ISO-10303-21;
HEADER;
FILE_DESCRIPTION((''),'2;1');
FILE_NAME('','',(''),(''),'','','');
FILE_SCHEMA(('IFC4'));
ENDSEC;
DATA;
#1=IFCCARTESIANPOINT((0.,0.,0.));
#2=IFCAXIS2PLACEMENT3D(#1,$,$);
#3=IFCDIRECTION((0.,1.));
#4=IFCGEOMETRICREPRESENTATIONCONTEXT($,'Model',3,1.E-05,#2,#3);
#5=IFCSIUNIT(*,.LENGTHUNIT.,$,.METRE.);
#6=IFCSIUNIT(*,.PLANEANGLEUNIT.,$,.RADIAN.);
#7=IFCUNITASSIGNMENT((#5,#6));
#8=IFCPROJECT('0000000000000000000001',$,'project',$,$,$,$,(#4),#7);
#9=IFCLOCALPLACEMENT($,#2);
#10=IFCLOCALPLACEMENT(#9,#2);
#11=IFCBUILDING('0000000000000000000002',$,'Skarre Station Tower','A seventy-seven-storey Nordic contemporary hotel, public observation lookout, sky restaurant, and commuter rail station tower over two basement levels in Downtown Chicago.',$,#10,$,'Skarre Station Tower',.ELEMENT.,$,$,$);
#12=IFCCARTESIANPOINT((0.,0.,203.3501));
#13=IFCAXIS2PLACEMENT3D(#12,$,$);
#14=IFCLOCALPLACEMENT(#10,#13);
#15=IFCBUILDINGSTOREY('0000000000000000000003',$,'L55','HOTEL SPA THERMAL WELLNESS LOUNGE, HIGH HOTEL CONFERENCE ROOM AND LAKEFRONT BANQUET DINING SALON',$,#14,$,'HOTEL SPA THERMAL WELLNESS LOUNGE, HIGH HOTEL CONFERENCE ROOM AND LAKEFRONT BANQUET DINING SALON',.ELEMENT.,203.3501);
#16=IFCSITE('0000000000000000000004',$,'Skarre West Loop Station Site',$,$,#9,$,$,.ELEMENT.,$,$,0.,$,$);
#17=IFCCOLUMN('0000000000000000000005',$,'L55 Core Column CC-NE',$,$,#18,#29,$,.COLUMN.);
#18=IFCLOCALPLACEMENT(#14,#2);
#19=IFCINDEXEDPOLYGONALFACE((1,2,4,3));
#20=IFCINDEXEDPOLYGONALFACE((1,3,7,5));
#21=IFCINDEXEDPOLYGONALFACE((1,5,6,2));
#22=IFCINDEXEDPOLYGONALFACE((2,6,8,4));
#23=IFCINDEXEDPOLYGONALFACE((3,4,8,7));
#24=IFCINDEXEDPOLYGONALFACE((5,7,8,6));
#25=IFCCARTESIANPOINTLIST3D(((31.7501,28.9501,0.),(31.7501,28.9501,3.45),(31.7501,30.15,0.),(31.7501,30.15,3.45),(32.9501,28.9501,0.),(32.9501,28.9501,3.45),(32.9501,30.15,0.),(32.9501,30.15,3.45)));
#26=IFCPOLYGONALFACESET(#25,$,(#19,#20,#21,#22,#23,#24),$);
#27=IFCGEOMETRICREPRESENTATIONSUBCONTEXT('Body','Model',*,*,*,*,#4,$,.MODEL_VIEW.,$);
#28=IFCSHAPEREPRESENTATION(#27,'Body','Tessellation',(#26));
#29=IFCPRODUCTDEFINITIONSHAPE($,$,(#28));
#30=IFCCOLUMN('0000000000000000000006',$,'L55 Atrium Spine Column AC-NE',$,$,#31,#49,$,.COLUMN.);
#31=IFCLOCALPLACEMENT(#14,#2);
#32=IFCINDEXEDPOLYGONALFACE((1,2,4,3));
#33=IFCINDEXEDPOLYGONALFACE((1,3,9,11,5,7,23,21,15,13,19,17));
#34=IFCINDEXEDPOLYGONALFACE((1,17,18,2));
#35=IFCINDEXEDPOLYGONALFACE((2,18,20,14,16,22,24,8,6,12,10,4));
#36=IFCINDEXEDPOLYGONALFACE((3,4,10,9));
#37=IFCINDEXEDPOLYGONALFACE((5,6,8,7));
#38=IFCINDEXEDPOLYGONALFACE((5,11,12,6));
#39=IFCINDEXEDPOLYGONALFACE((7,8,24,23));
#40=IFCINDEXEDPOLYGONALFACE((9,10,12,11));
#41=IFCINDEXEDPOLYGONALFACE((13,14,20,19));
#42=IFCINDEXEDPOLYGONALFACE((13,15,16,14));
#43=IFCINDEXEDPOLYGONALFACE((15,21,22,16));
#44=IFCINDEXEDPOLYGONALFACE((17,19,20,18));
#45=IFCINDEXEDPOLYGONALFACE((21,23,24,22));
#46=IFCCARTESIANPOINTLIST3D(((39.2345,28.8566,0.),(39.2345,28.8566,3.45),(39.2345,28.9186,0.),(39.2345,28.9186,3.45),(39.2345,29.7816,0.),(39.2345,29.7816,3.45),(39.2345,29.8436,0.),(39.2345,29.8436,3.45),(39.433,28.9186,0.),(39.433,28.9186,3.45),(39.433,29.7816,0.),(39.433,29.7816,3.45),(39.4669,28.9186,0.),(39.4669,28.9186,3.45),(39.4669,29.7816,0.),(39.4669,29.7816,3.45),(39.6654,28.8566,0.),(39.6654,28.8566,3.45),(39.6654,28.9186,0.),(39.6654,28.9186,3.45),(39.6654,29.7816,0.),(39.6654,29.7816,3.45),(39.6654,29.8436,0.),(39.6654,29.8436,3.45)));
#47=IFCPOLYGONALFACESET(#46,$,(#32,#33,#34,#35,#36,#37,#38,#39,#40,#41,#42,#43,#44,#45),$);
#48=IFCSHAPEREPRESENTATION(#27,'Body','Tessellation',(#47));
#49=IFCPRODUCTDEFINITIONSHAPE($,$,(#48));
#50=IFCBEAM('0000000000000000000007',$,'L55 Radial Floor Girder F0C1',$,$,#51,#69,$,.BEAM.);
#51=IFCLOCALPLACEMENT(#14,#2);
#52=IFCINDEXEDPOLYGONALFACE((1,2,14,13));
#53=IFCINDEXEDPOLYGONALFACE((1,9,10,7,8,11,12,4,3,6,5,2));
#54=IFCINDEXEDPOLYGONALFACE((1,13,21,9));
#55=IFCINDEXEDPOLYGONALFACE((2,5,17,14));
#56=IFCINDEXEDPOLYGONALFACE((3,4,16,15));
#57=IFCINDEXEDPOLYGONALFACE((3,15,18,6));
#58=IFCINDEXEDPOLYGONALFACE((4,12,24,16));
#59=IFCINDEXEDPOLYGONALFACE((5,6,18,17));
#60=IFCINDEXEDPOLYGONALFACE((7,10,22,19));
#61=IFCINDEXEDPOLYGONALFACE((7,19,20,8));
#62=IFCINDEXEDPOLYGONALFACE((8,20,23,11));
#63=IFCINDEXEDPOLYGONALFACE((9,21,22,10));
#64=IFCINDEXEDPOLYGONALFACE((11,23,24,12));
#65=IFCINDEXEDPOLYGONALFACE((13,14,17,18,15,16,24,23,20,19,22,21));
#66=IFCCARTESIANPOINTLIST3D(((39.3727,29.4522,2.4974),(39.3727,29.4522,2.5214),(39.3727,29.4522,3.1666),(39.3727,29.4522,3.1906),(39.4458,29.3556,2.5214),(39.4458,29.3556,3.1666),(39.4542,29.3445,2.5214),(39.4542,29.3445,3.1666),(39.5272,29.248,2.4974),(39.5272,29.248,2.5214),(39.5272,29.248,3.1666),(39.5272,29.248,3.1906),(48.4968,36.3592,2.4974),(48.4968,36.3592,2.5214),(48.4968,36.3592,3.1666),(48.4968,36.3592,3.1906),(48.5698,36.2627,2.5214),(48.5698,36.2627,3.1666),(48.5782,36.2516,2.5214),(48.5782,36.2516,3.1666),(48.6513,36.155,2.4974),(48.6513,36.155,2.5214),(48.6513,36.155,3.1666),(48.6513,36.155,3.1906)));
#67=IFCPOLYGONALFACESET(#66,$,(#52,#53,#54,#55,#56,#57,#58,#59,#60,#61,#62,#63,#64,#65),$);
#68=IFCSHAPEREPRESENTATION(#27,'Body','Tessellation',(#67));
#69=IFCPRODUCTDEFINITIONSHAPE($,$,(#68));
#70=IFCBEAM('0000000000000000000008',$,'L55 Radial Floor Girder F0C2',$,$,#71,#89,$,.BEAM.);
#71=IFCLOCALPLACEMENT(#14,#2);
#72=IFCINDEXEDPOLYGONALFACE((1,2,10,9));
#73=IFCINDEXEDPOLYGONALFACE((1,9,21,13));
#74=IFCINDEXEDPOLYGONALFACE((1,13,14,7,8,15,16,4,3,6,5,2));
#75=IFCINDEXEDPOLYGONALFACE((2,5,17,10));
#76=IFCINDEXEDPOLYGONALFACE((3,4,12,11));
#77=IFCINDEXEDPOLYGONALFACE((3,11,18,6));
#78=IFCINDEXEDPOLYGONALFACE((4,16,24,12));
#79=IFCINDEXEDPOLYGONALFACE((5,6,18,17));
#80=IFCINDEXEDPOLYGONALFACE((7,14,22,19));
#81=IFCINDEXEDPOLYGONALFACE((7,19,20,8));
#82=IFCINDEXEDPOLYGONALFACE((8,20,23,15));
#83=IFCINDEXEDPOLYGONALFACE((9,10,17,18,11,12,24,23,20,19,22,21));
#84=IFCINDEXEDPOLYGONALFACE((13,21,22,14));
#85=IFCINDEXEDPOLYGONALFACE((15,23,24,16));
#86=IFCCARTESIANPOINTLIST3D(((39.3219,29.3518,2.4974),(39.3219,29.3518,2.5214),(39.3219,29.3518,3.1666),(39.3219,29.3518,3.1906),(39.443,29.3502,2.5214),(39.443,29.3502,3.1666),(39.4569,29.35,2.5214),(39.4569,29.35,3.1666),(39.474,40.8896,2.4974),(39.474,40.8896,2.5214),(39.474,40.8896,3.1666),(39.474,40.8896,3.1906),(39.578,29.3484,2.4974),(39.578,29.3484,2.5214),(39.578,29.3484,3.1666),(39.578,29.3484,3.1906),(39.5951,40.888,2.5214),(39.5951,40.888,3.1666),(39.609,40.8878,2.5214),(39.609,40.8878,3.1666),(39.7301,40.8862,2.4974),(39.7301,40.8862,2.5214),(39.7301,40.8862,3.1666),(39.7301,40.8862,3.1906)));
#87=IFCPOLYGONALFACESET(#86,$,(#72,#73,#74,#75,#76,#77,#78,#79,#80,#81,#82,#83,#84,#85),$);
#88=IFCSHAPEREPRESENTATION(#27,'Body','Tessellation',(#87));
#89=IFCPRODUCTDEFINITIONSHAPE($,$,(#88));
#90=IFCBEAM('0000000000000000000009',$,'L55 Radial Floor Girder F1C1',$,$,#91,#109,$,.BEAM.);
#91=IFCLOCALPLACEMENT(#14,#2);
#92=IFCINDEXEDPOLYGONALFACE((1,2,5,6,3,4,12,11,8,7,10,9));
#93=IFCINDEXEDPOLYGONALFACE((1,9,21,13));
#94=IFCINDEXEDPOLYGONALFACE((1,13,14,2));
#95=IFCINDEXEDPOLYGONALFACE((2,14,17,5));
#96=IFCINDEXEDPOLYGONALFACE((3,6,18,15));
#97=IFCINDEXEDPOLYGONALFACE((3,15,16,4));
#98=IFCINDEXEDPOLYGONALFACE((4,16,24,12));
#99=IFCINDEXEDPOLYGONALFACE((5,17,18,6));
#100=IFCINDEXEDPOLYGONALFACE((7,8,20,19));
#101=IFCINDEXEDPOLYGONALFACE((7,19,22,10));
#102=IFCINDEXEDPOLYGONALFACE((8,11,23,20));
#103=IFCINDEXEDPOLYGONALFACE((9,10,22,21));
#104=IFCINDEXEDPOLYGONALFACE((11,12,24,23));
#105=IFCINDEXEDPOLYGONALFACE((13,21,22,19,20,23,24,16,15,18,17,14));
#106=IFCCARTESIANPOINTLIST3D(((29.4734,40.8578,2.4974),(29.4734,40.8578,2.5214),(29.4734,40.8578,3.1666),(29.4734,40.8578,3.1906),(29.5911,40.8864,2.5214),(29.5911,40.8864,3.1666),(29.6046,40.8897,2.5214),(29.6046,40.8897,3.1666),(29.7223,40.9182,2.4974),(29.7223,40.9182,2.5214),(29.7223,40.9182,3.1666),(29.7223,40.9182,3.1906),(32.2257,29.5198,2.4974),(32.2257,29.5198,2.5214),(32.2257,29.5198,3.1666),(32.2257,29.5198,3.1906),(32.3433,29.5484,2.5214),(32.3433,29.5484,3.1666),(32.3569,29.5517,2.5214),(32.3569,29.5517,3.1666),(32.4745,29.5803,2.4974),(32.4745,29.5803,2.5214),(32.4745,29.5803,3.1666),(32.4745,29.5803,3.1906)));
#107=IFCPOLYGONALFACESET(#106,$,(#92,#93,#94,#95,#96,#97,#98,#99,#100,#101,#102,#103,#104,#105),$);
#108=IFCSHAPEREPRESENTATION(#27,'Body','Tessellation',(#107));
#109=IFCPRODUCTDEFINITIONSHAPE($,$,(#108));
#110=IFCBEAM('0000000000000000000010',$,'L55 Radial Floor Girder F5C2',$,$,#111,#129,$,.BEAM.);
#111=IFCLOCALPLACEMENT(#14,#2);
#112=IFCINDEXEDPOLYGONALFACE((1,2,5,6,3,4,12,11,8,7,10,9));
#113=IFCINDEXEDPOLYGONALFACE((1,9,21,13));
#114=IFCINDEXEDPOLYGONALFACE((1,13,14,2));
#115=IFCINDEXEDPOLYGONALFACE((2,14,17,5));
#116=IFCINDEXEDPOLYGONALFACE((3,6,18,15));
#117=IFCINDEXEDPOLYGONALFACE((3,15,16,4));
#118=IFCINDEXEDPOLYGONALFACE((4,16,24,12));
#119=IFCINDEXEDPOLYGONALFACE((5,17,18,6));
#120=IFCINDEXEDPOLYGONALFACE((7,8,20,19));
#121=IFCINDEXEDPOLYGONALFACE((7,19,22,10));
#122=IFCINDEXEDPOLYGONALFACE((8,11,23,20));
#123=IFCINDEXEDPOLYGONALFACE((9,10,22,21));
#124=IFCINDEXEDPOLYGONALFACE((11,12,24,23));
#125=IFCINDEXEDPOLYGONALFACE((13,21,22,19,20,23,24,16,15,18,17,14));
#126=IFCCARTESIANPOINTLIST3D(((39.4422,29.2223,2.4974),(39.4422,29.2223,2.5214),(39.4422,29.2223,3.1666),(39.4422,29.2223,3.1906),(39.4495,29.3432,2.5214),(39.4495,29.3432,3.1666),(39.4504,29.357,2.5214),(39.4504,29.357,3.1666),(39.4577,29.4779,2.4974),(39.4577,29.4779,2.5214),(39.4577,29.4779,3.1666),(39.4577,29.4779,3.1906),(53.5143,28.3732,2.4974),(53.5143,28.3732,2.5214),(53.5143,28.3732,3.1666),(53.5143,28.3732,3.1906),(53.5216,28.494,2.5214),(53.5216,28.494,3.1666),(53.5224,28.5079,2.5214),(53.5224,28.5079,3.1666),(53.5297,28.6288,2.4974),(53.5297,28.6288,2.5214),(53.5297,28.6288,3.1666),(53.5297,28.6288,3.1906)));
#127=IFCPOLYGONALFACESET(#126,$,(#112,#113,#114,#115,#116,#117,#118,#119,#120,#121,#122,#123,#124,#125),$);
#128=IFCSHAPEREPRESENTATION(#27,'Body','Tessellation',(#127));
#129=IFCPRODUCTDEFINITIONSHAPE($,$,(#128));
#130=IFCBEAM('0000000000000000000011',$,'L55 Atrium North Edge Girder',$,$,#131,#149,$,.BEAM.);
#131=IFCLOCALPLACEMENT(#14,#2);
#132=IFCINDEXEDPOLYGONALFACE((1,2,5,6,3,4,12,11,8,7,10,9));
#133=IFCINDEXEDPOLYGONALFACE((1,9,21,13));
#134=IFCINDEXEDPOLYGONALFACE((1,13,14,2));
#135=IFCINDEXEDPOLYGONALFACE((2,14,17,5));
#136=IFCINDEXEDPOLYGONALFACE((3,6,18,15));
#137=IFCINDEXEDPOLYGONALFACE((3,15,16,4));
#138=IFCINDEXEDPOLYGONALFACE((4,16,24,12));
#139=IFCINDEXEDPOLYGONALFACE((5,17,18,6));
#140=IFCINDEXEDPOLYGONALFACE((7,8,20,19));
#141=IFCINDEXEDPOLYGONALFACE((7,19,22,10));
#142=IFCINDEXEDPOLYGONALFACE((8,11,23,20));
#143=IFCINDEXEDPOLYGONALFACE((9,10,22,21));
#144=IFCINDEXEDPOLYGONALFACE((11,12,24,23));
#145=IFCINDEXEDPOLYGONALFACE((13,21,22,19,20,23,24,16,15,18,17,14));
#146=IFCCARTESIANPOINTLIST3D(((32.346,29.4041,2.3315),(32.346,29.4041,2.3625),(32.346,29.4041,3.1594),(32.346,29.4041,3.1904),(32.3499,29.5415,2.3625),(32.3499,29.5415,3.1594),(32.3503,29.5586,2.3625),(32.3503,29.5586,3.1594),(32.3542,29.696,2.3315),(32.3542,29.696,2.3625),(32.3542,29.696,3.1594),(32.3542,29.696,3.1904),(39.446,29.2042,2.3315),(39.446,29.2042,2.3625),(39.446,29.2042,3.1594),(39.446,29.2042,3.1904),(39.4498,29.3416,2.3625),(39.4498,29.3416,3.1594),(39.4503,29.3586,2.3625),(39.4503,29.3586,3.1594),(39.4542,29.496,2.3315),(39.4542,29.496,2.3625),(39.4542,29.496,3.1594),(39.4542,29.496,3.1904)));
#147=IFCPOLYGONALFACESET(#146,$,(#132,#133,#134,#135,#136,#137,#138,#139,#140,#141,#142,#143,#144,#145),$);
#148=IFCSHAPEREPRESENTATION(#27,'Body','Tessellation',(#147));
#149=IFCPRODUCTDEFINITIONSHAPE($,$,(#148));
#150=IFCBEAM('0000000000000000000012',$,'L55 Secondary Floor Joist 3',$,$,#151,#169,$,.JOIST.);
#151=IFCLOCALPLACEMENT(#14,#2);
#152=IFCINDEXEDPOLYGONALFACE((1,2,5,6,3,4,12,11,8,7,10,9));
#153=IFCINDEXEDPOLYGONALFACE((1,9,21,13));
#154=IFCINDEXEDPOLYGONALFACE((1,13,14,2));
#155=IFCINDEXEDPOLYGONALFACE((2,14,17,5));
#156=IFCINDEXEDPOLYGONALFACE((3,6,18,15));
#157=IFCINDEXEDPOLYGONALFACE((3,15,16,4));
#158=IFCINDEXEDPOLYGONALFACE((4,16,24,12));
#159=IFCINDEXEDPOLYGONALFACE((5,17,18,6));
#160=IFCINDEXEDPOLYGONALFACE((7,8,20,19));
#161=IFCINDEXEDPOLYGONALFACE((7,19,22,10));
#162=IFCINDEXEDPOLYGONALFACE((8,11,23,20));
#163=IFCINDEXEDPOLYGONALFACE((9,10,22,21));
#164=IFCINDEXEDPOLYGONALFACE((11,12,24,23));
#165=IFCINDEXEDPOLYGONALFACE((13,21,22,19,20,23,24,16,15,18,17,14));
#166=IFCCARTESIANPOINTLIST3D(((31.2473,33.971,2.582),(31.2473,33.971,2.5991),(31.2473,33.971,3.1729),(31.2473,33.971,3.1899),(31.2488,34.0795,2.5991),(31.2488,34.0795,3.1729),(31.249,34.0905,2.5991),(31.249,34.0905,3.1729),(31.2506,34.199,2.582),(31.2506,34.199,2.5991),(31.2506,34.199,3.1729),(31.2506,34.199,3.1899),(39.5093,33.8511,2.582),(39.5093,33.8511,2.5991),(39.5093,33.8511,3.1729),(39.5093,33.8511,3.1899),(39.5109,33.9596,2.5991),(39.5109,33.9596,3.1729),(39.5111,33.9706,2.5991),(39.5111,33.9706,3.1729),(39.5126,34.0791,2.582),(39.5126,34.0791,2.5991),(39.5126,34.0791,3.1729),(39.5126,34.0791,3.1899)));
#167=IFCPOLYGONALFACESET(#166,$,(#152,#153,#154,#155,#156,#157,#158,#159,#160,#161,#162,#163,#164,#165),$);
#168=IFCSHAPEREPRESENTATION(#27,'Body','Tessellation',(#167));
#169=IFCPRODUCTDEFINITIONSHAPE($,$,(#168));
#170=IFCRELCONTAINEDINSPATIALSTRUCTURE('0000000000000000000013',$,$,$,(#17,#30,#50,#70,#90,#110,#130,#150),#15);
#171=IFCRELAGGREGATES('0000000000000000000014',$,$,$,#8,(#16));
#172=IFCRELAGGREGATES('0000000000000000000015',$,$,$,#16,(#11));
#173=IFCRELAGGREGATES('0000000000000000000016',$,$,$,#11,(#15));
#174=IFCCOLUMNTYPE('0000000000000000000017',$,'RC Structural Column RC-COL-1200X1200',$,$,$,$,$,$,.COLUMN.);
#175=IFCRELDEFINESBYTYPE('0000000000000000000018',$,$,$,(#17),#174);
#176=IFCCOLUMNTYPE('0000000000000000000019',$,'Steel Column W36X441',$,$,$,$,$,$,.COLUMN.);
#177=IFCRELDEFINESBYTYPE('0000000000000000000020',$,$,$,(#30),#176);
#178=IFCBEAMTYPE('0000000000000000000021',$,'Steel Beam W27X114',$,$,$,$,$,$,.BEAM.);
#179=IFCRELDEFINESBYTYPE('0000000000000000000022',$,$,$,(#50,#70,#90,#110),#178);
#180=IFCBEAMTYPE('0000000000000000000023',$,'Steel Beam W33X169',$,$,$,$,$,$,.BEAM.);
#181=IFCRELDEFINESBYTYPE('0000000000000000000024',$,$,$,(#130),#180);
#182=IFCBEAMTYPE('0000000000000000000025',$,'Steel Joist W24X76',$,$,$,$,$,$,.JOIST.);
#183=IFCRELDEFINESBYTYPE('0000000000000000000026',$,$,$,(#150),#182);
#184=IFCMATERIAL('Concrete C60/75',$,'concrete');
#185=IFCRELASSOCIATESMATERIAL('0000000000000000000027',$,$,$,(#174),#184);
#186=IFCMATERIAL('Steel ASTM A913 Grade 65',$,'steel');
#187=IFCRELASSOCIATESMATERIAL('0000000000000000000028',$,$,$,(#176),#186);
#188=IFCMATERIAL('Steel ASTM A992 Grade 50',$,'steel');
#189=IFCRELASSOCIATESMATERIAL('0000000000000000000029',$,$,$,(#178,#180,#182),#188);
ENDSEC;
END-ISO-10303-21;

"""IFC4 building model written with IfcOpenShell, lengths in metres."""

from ifc_helpers import new_model, si_unit, direction, frame, origin, origin_2d, place, context, subcontext, project, spatial, rectangle, i_section, extrude, material, material_profile, profile_set, type_object, element, save


model = new_model("IFC4")

# Units and contexts
model_context = context("Model", 3, precision=1e-05, world=origin(), true_north=direction((0.0, 1.0)))
body_context = subcontext(model_context, "Body", "Model", "MODEL_VIEW")
ifc_project = project(units=[si_unit("LENGTHUNIT", "METRE"), si_unit("PLANEANGLEUNIT", "RADIAN")], contexts=[model_context])

# Site, building, storey
site_placement = place(None, origin())
site = spatial("IfcSite", under=ifc_project, at=site_placement, Name="Skarre West Loop Station Site", CompositionType="ELEMENT", RefElevation=0.0)
building_placement = place(site_placement, origin())
building = spatial("IfcBuilding", under=site, at=building_placement, Name="Skarre Station Tower", Description="A seventy-seven-storey Nordic contemporary hotel, public observation lookout, sky restaurant, and commuter rail station tower over two basement levels in Downtown Chicago.", LongName="Skarre Station Tower", CompositionType="ELEMENT")
storey_placement = place(building_placement, frame((0.0, 0.0, 203.3501)))
storey = spatial("IfcBuildingStorey", under=building, at=storey_placement, Name="L55", Description="HOTEL SPA THERMAL WELLNESS LOUNGE, HIGH HOTEL CONFERENCE ROOM AND LAKEFRONT BANQUET DINING SALON", LongName="HOTEL SPA THERMAL WELLNESS LOUNGE, HIGH HOTEL CONFERENCE ROOM AND LAKEFRONT BANQUET DINING SALON", CompositionType="ELEMENT", Elevation=203.3501)

# Columns
ifc_material_1 = material(Name="Concrete C60/75", Category="concrete")
ifc_material_profile_1 = material_profile(ifc_material_1, rectangle(XDim=1.2, YDim=1.2, at=origin_2d()), Name="Concrete C60/75")
ifc_profile_set_1 = profile_set([ifc_material_profile_1], Name="Concrete C60/75")
column_type_1 = type_object("IfcColumnType", Name="RC Structural Column RC-COL-1200X1200", PredefinedType="COLUMN", material=ifc_profile_set_1)
column_1_placement = place(storey_placement, frame((32.3501, 29.55, 0.0), z_axis=(0.0, 0.0, 1.0), x_axis=(1.0, 0.0, 0.0)))
element("IfcColumn", 1, at=column_1_placement, inside=storey, type_object=column_type_1, Name="L55 Core Column CC-NE", PredefinedType="COLUMN", context=body_context, shape_type="SweptSolid", body=[
    extrude(rectangle(XDim=1.2, YDim=1.2, at=origin_2d()), origin(), (0.0, 0.0, 1.0), 3.45),
])
ifc_material_2 = material(Name="Steel ASTM A913 Grade 65", Category="steel")
ifc_material_profile_2 = material_profile(ifc_material_2, i_section(OverallWidth=0.4309, OverallDepth=0.9871, WebThickness=0.0339, FlangeThickness=0.062, at=origin_2d()), Name="Steel ASTM A913 Grade 65")
ifc_profile_set_2 = profile_set([ifc_material_profile_2], Name="Steel ASTM A913 Grade 65")
column_type_2 = type_object("IfcColumnType", Name="Steel Column W36X441", PredefinedType="COLUMN", material=ifc_profile_set_2)
column_2_placement = place(storey_placement, frame((39.45, 29.3501, 0.0), z_axis=(0.0, 0.0, 1.0), x_axis=(1.0, 0.0, 0.0)))
element("IfcColumn", 2, at=column_2_placement, inside=storey, type_object=column_type_2, Name="L55 Atrium Spine Column AC-NE", PredefinedType="COLUMN", context=body_context, shape_type="SweptSolid", body=[
    extrude(i_section(OverallWidth=0.4309, OverallDepth=0.9871, WebThickness=0.0339, FlangeThickness=0.062, at=origin_2d()), origin(), (0.0, 0.0, 1.0), 3.45),
])

# Beams
ifc_material_3 = material(Name="Steel ASTM A992 Grade 50", Category="steel")
ifc_material_profile_3 = material_profile(ifc_material_3, i_section(OverallWidth=0.2561, OverallDepth=0.6931, WebThickness=0.0139, FlangeThickness=0.0239, at=origin_2d()), Name="Steel ASTM A992 Grade 50")
ifc_profile_set_3 = profile_set([ifc_material_profile_3], Name="Steel ASTM A992 Grade 50")
beam_type_1 = type_object("IfcBeamType", Name="Steel Beam W27X114", PredefinedType="BEAM", material=ifc_profile_set_3)
beam_1_placement = place(storey_placement, frame((39.45, 29.3501, 2.844), z_axis=(0.797309, 0.603571, 0.0), x_axis=(-0.603571, 0.797309, 0.0)))
element("IfcBeam", 3, at=beam_1_placement, inside=storey, type_object=beam_type_1, Name="L55 Radial Floor Girder F0C1", PredefinedType="BEAM", context=body_context, shape_type="SweptSolid", body=[
    extrude(i_section(OverallWidth=0.2561, OverallDepth=0.6931, WebThickness=0.0139, FlangeThickness=0.0239, at=origin_2d()), origin(), (0.0, 0.0, 1.0), 11.4436),
])
beam_2_placement = place(storey_placement, frame((39.45, 29.3501, 2.844), z_axis=(0.013182, 0.999913, 0.0), x_axis=(-0.999913, 0.013182, 0.0)))
element("IfcBeam", 4, at=beam_2_placement, inside=storey, type_object=beam_type_1, Name="L55 Radial Floor Girder F0C2", PredefinedType="BEAM", context=body_context, shape_type="SweptSolid", body=[
    extrude(i_section(OverallWidth=0.2561, OverallDepth=0.6931, WebThickness=0.0139, FlangeThickness=0.0239, at=origin_2d()), origin(), (0.0, 0.0, 1.0), 11.5388),
])
beam_3_placement = place(storey_placement, frame((32.3501, 29.55, 2.844), z_axis=(-0.235893, 0.971779, 0.0), x_axis=(-0.971779, -0.235893, 0.0)))
element("IfcBeam", 5, at=beam_3_placement, inside=storey, type_object=beam_type_1, Name="L55 Radial Floor Girder F1C1", PredefinedType="BEAM", context=body_context, shape_type="SweptSolid", body=[
    extrude(i_section(OverallWidth=0.2561, OverallDepth=0.6931, WebThickness=0.0139, FlangeThickness=0.0239, at=origin_2d()), origin(), (0.0, 0.0, 1.0), 11.6672),
])
beam_4_placement = place(storey_placement, frame((39.45, 29.3501, 2.844), z_axis=(0.998184, -0.060232, 0.0), x_axis=(0.060232, 0.998184, 0.0)))
element("IfcBeam", 6, at=beam_4_placement, inside=storey, type_object=beam_type_1, Name="L55 Radial Floor Girder F5C2", PredefinedType="BEAM", context=body_context, shape_type="SweptSolid", body=[
    extrude(i_section(OverallWidth=0.2561, OverallDepth=0.6931, WebThickness=0.0139, FlangeThickness=0.0239, at=origin_2d()), origin(), (0.0, 0.0, 1.0), 14.0977),
])
ifc_material_profile_4 = material_profile(ifc_material_3, i_section(OverallWidth=0.292, OverallDepth=0.8589, WebThickness=0.0171, FlangeThickness=0.031, at=origin_2d()), Name="Steel ASTM A992 Grade 50")
ifc_profile_set_4 = profile_set([ifc_material_profile_4], Name="Steel ASTM A992 Grade 50")
beam_type_2 = type_object("IfcBeamType", Name="Steel Beam W33X169", PredefinedType="BEAM", material=ifc_profile_set_4)
beam_5_placement = place(storey_placement, frame((32.3501, 29.55, 2.761), z_axis=(0.999604, -0.028152, 0.0), x_axis=(0.028152, 0.999604, 0.0)))
element("IfcBeam", 7, at=beam_5_placement, inside=storey, type_object=beam_type_2, Name="L55 Atrium North Edge Girder", PredefinedType="BEAM", context=body_context, shape_type="SweptSolid", body=[
    extrude(i_section(OverallWidth=0.292, OverallDepth=0.8589, WebThickness=0.0171, FlangeThickness=0.031, at=origin_2d()), origin(), (0.0, 0.0, 1.0), 7.1028),
])
ifc_material_profile_5 = material_profile(ifc_material_3, i_section(OverallWidth=0.228, OverallDepth=0.6079, WebThickness=0.011, FlangeThickness=0.0171, at=origin_2d()), Name="Steel ASTM A992 Grade 50")
ifc_profile_set_5 = profile_set([ifc_material_profile_5], Name="Steel ASTM A992 Grade 50")
beam_type_3 = type_object("IfcBeamType", Name="Steel Joist W24X76", PredefinedType="JOIST", material=ifc_profile_set_5)
beam_6_placement = place(storey_placement, frame((39.511, 33.9651, 2.886), z_axis=(-0.999895, 0.014508, 0.0), x_axis=(-0.014508, -0.999895, 0.0)))
element("IfcBeam", 8, at=beam_6_placement, inside=storey, type_object=beam_type_3, Name="L55 Secondary Floor Joist 3", PredefinedType="JOIST", context=body_context, shape_type="SweptSolid", body=[
    extrude(i_section(OverallWidth=0.228, OverallDepth=0.6079, WebThickness=0.011, FlangeThickness=0.0171, at=origin_2d()), origin(), (0.0, 0.0, 1.0), 8.2629),
])

save(model, "model.ifc")
